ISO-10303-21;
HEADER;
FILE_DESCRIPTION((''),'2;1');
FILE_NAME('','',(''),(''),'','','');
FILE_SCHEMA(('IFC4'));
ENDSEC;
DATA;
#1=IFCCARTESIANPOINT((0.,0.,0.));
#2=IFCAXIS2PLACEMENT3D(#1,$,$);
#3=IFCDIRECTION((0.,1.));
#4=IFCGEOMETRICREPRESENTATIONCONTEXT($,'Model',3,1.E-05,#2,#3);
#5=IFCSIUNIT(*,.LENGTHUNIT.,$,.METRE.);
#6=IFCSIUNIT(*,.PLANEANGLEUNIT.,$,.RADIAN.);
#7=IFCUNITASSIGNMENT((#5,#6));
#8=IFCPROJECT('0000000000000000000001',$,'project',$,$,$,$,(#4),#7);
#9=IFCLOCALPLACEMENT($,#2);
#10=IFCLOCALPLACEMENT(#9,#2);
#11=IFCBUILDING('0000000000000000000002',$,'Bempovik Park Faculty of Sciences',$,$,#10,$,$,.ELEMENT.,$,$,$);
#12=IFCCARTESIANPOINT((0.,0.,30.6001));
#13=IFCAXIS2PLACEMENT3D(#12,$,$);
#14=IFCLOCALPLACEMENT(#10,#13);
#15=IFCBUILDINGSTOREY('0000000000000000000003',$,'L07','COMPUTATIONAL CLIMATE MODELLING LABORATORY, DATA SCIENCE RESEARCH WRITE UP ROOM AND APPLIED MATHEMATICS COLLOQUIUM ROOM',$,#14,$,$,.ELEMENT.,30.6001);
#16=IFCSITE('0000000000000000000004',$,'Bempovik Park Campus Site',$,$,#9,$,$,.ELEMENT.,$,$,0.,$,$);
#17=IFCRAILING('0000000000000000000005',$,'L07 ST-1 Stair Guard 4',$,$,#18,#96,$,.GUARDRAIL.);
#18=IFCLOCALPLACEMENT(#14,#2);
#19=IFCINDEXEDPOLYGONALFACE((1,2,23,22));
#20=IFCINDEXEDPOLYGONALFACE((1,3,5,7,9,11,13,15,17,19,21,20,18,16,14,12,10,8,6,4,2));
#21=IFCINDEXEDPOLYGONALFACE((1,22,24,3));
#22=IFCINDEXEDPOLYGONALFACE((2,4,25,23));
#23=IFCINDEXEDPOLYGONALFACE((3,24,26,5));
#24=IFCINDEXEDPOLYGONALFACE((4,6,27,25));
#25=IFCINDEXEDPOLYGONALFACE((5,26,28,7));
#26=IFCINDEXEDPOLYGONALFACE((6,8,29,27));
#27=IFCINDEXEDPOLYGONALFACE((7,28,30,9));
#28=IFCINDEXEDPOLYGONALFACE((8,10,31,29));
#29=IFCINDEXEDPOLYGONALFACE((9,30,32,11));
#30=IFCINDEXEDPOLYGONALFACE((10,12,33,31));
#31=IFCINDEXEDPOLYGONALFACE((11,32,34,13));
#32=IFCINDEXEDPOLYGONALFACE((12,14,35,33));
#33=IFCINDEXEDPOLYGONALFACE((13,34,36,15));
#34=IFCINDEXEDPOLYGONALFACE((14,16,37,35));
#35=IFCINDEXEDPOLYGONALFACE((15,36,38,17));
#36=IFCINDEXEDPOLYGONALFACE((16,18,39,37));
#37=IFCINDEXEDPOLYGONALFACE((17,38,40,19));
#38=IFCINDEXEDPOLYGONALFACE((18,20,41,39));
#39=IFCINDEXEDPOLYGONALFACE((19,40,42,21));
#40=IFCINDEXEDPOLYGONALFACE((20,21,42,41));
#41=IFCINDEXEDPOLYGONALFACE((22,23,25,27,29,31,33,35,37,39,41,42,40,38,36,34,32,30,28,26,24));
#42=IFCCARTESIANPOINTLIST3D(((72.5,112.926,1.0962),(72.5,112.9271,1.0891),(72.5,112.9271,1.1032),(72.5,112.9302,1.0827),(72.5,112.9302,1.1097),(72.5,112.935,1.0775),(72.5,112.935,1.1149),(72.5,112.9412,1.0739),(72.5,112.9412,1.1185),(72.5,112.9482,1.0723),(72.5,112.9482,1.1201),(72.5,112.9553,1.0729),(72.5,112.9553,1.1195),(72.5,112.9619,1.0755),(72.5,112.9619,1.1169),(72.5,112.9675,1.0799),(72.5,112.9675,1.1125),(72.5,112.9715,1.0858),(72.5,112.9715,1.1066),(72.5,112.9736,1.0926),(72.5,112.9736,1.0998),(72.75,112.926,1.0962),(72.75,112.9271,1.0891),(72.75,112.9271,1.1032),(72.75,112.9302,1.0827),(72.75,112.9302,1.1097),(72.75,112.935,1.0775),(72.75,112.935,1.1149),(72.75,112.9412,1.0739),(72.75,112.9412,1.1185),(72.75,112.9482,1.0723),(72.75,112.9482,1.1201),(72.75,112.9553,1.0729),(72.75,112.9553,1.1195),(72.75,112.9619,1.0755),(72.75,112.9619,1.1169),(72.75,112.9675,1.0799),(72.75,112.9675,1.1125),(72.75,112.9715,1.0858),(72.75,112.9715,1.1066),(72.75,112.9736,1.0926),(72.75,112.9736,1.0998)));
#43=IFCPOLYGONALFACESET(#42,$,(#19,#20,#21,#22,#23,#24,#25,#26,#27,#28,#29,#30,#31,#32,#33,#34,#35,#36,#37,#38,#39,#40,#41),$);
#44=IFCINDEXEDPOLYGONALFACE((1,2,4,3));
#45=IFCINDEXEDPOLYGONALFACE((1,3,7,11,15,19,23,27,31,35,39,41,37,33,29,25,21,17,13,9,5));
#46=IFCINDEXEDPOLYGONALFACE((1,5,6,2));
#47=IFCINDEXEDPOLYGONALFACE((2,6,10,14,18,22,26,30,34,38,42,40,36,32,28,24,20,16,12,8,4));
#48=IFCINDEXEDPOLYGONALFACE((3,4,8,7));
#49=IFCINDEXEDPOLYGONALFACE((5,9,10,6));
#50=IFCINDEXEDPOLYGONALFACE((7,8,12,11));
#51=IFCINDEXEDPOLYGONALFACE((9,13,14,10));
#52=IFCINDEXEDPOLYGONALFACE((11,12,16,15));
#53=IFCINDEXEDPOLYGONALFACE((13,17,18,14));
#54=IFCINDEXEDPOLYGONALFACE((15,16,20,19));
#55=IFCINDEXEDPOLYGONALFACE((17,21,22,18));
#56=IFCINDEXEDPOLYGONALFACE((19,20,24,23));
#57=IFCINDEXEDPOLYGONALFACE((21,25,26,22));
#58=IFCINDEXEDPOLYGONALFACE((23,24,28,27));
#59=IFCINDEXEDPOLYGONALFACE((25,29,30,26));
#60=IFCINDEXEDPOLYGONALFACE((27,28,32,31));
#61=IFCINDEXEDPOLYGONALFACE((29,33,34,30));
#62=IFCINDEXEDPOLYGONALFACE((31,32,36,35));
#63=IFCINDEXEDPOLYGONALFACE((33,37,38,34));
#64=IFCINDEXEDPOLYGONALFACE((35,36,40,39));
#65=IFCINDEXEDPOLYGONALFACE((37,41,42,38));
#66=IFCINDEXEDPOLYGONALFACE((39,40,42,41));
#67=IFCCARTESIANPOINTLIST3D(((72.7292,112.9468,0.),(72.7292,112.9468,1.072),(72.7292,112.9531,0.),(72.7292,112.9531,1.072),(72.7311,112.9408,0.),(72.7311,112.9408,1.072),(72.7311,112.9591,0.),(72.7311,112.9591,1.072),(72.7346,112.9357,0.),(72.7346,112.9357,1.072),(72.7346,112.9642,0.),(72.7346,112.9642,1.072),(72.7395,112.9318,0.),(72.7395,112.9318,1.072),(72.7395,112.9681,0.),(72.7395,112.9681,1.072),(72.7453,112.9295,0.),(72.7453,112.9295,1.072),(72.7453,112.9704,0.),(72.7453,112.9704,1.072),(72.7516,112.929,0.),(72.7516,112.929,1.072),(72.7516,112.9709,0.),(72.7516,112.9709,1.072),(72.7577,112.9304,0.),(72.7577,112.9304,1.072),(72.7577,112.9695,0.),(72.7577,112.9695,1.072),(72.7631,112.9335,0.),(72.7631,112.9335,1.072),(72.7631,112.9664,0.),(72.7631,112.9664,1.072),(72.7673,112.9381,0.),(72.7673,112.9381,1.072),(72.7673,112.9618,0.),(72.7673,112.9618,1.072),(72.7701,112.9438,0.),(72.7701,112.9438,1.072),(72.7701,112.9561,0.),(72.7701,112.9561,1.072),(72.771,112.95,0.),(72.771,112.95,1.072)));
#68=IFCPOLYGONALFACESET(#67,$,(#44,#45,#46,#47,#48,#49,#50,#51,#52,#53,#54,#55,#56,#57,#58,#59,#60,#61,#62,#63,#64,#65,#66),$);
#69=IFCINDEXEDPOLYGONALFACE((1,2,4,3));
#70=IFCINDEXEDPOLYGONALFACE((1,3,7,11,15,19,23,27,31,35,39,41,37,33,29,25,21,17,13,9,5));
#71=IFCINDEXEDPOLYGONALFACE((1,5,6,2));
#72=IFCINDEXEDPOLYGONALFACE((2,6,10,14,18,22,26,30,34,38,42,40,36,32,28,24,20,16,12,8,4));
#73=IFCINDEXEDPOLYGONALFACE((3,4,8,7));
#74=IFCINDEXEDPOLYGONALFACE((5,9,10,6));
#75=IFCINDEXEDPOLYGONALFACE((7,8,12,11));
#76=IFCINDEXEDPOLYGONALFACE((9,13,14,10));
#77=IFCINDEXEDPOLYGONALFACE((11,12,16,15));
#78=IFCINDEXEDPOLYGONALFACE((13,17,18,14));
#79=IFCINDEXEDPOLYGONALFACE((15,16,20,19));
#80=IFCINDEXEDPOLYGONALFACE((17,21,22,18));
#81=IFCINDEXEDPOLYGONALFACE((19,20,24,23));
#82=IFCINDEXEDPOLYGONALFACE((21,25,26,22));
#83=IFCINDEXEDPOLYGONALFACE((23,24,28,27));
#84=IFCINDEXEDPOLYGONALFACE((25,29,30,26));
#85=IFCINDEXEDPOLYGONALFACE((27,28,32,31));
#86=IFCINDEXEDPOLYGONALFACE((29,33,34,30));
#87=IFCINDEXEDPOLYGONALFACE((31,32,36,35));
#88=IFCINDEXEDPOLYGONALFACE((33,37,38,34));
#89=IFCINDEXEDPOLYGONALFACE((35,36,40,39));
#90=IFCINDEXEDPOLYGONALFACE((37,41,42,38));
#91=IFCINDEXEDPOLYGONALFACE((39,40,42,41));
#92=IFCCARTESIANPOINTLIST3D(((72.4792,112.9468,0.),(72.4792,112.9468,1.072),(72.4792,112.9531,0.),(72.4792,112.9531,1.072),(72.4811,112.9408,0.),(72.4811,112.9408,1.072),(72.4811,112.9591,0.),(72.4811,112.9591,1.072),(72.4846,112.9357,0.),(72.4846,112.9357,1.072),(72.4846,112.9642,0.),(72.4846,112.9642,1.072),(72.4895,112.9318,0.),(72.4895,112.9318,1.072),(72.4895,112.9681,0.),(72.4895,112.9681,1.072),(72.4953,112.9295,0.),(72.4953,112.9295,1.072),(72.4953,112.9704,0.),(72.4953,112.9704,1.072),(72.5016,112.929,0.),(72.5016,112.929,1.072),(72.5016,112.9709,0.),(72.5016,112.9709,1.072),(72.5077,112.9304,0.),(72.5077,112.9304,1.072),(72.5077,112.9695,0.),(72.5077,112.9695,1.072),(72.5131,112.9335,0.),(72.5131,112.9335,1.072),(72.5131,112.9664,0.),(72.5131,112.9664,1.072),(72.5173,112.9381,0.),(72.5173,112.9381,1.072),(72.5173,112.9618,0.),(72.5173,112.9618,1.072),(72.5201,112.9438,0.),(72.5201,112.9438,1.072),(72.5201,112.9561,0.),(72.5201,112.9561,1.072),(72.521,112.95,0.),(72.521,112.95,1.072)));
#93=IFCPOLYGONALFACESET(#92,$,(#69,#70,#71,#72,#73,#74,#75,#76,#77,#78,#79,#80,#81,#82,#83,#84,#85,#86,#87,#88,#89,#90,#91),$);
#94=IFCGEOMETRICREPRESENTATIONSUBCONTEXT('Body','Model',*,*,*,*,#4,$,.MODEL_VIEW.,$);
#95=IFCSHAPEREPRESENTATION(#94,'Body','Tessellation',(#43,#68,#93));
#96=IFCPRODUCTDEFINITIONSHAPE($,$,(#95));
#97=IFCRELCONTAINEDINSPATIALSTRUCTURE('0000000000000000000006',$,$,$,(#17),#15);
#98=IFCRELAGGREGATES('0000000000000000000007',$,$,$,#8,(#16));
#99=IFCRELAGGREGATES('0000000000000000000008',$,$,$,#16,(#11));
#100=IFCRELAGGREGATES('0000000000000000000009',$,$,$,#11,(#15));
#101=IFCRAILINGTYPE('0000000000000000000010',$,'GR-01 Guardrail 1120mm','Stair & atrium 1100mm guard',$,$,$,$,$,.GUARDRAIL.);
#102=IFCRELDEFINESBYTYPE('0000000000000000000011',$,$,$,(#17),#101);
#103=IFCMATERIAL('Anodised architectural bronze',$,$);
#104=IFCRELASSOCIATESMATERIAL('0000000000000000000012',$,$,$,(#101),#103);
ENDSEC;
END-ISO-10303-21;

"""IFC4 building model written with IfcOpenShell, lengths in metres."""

from ifc_helpers import new_model, si_unit, direction, frame, origin, origin_2d, place, context, subcontext, project, spatial, circle, extrude, material, type_object, element, save


model = new_model("IFC4")

# Units and contexts
model_context = context("Model", 3, precision=1e-05, world=origin(), true_north=direction((0.0, 1.0)))
body_context = subcontext(model_context, "Body", "Model", "MODEL_VIEW")
ifc_project = project(units=[si_unit("LENGTHUNIT", "METRE"), si_unit("PLANEANGLEUNIT", "RADIAN")], contexts=[model_context])

# Site, building, storey
site_placement = place(None, origin())
site = spatial("IfcSite", under=ifc_project, at=site_placement, Name="Bempovik Park Campus Site", CompositionType="ELEMENT", RefElevation=0.0)
building_placement = place(site_placement, origin())
building = spatial("IfcBuilding", under=site, at=building_placement, Name="Bempovik Park Faculty of Sciences", CompositionType="ELEMENT")
storey_placement = place(building_placement, frame((0.0, 0.0, 30.6001)))
storey = spatial("IfcBuildingStorey", under=building, at=storey_placement, Name="L07", Description="COMPUTATIONAL CLIMATE MODELLING LABORATORY, DATA SCIENCE RESEARCH WRITE UP ROOM AND APPLIED MATHEMATICS COLLOQUIUM ROOM", CompositionType="ELEMENT", Elevation=30.6001)

# Railing
ifc_material_1 = material(Name="Anodised architectural bronze")
railing_type_1 = type_object("IfcRailingType", Name="GR-01 Guardrail 1120mm", Description="Stair & atrium 1100mm guard", PredefinedType="GUARDRAIL", material=ifc_material_1)
railing_1_placement = place(storey_placement, frame((72.75, 112.95, 0.0)))
element("IfcRailing", 1, at=railing_1_placement, inside=storey, type_object=railing_type_1, Name="L07 ST-1 Stair Guard 4", PredefinedType="GUARDRAIL", context=body_context, shape_type="SweptSolid", body=[
    extrude(circle(Radius=0.0239, at=origin_2d()), frame((0.0, 0.0, 1.0962), z_axis=(-1.0, 0.0, 0.0), x_axis=(0.0, -1.0, 0.0)), (0.0, 0.0, 1.0), 0.25),
    extrude(circle(Radius=0.021, at=origin_2d()), origin(), (0.0, 0.0, 1.0), 1.072),
    extrude(circle(Radius=0.021, at=origin_2d()), frame((-0.25, 0.0, 0.0)), (0.0, 0.0, 1.0), 1.072),
])

save(model, "model.ifc")
